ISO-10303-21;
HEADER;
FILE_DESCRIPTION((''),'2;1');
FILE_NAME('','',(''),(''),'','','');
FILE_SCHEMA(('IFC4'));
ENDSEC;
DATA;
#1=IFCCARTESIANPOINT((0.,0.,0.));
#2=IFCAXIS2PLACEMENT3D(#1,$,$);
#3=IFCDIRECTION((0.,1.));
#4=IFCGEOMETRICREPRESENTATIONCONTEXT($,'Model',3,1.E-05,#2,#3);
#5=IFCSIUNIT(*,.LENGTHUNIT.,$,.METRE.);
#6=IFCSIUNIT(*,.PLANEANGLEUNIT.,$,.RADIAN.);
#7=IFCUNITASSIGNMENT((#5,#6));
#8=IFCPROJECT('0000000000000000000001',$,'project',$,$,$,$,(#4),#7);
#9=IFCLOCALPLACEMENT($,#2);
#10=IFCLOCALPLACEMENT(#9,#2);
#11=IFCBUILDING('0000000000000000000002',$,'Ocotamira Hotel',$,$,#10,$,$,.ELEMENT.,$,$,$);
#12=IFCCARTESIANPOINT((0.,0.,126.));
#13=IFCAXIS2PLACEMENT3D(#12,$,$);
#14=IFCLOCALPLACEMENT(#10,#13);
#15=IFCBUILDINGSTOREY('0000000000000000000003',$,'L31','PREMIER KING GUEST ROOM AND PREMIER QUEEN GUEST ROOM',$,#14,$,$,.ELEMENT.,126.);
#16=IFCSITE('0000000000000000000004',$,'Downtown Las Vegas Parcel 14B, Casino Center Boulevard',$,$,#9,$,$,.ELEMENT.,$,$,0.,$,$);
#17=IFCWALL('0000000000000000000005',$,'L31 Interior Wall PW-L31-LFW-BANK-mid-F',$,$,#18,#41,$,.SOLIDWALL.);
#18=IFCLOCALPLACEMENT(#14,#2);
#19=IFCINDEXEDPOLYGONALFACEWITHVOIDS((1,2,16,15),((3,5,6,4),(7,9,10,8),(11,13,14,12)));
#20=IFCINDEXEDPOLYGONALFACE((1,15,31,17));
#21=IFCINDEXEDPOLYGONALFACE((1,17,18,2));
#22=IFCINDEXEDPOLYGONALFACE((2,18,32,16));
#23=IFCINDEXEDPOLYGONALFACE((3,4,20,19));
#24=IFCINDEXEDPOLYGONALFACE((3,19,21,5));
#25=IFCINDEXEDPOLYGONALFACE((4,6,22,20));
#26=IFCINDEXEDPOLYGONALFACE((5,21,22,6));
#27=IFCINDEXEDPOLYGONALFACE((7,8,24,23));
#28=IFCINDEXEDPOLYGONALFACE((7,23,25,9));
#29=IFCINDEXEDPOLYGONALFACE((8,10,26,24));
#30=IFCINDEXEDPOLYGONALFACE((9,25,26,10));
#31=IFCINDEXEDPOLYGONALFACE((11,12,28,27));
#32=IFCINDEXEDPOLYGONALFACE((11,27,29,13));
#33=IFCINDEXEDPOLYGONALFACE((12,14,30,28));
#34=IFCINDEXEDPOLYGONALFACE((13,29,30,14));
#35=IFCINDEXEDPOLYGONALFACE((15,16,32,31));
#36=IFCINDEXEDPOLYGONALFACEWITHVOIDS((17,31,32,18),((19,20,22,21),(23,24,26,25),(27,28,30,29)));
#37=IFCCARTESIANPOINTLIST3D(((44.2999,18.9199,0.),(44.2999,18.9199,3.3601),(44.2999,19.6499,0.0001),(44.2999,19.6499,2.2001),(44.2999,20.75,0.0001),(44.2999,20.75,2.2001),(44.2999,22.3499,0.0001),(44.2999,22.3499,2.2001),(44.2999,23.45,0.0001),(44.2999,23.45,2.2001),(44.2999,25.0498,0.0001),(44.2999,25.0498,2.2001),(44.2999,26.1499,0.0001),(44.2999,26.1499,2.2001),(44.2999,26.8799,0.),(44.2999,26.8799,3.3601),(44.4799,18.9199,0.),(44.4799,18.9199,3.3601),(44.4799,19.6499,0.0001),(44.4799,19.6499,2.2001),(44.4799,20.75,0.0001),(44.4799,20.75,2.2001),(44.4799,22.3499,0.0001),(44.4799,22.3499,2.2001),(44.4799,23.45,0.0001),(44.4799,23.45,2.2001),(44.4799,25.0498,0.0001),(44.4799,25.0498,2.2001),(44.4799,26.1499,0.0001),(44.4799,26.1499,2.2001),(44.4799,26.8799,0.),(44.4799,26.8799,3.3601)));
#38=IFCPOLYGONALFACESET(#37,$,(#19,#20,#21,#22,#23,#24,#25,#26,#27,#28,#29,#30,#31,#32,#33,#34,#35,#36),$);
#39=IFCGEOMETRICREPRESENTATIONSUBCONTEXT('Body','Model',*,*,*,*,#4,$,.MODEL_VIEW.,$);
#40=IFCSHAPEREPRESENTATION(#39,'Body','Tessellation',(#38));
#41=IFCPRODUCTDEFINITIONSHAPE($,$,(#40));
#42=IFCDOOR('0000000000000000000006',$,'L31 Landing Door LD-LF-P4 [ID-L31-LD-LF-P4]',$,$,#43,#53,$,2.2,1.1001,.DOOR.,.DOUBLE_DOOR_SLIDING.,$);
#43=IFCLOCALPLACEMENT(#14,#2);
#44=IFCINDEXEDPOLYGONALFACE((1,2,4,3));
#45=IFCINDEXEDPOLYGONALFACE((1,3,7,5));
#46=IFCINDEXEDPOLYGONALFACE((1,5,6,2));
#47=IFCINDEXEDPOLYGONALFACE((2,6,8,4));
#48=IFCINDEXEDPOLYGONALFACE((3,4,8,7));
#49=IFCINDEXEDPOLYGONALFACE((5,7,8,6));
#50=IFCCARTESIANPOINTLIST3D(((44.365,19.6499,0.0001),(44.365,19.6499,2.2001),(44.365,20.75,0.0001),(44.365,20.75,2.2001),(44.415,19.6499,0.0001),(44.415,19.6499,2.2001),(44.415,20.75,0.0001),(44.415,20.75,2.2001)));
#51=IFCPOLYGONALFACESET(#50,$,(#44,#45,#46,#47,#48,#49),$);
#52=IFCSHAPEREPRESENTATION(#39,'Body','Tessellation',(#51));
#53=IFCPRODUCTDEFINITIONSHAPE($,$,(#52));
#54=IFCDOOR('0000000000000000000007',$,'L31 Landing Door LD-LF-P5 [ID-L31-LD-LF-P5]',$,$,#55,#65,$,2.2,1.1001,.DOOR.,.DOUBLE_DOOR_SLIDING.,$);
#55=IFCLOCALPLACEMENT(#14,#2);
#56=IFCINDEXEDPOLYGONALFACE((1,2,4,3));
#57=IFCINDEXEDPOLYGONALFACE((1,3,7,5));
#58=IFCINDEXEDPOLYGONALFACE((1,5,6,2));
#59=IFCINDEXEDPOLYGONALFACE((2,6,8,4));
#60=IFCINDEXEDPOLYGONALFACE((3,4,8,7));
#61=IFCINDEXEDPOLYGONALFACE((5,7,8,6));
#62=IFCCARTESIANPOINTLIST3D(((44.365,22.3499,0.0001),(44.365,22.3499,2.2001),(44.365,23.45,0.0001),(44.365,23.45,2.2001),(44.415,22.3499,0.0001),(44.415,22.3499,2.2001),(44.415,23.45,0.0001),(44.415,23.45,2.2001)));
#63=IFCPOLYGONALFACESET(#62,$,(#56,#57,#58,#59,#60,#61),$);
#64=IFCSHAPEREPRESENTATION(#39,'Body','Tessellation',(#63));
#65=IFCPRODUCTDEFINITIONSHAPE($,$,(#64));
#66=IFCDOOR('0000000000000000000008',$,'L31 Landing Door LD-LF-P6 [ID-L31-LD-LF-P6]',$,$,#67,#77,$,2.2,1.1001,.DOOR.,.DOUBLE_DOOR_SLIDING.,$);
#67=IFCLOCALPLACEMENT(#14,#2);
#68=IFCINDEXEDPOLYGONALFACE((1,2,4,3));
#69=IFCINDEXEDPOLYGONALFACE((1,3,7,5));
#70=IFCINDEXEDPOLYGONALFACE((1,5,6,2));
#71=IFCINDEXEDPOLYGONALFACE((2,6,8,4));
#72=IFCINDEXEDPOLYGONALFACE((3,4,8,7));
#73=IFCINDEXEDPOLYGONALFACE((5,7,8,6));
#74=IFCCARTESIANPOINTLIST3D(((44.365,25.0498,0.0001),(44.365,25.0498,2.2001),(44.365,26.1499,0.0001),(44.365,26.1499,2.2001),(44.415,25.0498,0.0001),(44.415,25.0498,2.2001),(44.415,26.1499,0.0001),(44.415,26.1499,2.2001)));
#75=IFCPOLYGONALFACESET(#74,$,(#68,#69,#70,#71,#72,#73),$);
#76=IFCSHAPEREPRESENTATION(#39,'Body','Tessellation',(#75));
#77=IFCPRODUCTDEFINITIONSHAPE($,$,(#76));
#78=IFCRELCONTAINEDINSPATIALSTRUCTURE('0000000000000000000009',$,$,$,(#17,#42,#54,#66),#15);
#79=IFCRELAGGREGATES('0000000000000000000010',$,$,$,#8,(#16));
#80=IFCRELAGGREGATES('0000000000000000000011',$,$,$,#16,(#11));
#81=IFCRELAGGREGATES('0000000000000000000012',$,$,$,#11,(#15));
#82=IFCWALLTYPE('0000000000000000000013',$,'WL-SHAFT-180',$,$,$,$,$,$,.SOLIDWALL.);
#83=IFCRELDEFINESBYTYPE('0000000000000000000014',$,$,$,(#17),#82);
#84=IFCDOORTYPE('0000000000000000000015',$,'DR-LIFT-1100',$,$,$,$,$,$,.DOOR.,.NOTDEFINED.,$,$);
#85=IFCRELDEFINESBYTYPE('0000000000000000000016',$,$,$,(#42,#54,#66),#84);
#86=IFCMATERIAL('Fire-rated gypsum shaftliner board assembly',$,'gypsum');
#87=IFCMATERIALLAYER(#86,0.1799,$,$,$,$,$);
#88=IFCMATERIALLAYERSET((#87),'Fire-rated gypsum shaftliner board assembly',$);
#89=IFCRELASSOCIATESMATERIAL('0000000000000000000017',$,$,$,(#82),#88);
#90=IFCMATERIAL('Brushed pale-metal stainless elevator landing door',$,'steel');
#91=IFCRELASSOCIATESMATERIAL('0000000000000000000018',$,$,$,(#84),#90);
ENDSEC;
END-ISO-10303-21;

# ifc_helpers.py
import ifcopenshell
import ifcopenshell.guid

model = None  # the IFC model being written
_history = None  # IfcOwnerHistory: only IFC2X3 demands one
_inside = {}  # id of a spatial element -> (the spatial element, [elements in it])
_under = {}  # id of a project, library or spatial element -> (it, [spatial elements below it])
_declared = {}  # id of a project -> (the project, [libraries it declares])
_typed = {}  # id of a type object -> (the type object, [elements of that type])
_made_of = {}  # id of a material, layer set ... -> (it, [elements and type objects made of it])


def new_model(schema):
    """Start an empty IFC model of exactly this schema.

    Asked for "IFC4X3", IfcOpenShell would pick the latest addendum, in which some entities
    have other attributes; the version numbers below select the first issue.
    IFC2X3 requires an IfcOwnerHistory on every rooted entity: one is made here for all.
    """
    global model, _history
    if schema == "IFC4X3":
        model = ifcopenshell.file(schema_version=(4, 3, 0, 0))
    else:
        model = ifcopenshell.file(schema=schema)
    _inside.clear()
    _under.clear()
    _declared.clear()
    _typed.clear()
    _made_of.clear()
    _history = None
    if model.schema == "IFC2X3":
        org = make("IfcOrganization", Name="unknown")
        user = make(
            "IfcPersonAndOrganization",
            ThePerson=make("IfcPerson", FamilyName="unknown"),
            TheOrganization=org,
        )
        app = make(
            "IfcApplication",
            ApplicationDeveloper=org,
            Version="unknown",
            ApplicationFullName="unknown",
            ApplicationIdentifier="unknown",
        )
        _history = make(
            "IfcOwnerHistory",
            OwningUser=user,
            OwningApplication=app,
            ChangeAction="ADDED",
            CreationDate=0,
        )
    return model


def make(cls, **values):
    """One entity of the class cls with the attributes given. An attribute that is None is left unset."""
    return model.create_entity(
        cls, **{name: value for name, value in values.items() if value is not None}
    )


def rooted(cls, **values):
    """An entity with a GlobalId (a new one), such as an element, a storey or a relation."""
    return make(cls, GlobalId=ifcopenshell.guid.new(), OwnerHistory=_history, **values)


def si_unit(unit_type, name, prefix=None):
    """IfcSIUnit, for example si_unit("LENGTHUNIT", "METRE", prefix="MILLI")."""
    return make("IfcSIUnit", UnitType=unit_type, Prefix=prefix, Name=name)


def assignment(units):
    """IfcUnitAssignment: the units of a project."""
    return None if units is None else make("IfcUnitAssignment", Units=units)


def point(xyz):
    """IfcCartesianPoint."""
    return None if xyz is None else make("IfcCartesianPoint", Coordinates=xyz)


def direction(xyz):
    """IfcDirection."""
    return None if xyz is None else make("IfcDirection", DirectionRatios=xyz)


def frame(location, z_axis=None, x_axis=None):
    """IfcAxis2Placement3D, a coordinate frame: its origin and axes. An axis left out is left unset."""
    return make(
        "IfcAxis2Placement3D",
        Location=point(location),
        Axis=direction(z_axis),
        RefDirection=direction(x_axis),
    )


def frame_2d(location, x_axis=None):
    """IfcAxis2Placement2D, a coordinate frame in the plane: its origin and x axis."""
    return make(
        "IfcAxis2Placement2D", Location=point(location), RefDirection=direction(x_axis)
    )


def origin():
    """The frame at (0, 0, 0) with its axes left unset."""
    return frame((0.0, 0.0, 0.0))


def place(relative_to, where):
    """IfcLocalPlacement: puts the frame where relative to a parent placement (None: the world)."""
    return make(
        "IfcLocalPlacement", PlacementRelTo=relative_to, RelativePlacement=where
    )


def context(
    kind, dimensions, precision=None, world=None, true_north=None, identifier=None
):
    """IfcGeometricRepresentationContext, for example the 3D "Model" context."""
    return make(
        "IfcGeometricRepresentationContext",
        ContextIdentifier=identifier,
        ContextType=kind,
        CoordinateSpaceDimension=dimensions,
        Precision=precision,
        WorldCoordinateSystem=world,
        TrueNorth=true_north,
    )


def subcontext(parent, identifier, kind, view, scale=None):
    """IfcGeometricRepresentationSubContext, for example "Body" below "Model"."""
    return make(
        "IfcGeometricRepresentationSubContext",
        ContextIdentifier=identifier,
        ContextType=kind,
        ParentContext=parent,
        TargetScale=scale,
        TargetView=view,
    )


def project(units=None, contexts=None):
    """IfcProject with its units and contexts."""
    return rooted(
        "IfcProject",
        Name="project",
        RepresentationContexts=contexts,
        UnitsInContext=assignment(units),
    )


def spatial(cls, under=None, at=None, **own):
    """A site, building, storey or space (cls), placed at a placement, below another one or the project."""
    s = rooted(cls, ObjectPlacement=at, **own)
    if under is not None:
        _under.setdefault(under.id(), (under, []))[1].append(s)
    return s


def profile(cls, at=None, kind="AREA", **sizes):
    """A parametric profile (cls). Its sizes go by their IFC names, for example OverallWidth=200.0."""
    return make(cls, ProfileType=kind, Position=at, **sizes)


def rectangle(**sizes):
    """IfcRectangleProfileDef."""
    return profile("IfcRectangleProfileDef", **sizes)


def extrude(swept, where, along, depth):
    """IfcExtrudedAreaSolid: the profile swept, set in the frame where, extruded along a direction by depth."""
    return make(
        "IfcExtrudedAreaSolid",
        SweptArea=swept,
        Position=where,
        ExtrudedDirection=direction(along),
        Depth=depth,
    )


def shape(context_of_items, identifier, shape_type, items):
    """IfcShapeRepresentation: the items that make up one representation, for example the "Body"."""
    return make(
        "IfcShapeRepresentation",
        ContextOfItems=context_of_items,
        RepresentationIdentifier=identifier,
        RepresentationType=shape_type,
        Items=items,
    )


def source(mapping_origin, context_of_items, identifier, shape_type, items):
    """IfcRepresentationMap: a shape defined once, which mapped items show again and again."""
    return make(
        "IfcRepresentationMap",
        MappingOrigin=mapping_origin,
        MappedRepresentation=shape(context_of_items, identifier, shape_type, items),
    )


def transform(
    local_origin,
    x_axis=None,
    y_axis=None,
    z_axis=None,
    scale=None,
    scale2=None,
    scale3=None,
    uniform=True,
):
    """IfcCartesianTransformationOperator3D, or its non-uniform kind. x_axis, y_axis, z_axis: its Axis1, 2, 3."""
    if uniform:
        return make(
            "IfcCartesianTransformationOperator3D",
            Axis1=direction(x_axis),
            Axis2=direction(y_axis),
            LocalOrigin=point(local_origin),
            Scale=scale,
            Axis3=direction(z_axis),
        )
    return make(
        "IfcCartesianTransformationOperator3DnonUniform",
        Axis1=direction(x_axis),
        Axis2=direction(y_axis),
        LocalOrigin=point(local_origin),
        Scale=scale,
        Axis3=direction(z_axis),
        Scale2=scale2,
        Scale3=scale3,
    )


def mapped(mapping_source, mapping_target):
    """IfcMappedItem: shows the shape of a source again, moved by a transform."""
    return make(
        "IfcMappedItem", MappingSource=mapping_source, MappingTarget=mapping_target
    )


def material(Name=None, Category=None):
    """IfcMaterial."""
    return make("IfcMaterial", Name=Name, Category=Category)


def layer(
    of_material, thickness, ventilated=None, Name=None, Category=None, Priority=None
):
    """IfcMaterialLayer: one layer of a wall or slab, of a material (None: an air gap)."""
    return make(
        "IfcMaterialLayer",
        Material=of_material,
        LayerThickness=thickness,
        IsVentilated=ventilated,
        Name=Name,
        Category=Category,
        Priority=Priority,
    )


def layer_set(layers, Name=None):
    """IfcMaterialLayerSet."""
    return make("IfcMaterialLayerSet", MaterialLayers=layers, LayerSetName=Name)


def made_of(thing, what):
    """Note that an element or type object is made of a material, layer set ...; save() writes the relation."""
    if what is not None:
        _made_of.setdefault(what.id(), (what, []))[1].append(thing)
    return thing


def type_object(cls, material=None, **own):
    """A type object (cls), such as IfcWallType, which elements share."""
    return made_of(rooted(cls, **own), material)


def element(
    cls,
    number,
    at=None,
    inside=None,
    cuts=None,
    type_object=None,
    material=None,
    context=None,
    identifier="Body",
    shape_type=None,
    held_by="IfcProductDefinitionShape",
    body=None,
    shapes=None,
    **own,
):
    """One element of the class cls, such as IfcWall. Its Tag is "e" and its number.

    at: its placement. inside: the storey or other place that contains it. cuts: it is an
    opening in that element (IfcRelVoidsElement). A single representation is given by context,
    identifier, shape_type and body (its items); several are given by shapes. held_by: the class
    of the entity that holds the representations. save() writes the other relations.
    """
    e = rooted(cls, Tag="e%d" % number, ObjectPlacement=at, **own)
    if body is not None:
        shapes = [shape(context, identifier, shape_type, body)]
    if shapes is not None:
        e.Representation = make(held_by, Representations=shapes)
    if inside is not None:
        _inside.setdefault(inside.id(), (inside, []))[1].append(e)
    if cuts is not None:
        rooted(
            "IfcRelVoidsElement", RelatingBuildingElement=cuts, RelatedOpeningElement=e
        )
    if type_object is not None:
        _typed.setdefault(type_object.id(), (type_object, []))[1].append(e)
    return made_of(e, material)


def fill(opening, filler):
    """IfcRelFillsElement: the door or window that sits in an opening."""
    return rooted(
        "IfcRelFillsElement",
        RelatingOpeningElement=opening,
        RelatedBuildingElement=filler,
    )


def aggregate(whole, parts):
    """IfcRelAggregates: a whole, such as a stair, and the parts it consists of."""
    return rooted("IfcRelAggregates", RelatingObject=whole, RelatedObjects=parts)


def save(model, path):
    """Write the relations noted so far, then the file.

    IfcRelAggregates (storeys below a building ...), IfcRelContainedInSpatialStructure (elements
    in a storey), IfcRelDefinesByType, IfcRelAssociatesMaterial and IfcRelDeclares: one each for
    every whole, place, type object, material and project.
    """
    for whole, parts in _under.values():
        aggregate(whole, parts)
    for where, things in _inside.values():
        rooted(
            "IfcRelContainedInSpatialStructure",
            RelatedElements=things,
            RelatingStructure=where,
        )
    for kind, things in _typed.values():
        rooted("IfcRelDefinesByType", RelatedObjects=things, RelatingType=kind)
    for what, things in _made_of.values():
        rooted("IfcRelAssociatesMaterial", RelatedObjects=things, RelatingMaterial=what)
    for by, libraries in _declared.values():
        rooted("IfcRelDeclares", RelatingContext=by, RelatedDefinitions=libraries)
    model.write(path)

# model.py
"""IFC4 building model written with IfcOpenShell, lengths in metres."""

from ifc_helpers import new_model, si_unit, direction, frame, frame_2d, origin, place, context, subcontext, project, spatial, rectangle, extrude, source, transform, mapped, material, layer, layer_set, type_object, element, fill, save


model = new_model("IFC4")

# Units and contexts
model_context = context("Model", 3, precision=1e-05, world=origin(), true_north=direction((0.0, 1.0)))
body_context = subcontext(model_context, "Body", "Model", "MODEL_VIEW")
ifc_project = project(units=[si_unit("LENGTHUNIT", "METRE"), si_unit("PLANEANGLEUNIT", "RADIAN")], contexts=[model_context])

# Site, building, storey
site_placement = place(None, origin())
site = spatial("IfcSite", under=ifc_project, at=site_placement, Name="Downtown Las Vegas Parcel 14B, Casino Center Boulevard", CompositionType="ELEMENT", RefElevation=0.0)
building_placement = place(site_placement, origin())
building = spatial("IfcBuilding", under=site, at=building_placement, Name="Ocotamira Hotel", CompositionType="ELEMENT")
storey_placement = place(building_placement, frame((0.0, 0.0, 126.0)))
storey = spatial("IfcBuildingStorey", under=building, at=storey_placement, Name="L31", Description="PREMIER KING GUEST ROOM AND PREMIER QUEEN GUEST ROOM", CompositionType="ELEMENT", Elevation=126.0)

# Wall, openings, doors
ifc_material_1 = material(Name="Fire-rated gypsum shaftliner board assembly", Category="gypsum")
ifc_layer_1 = layer(ifc_material_1, 0.1799)
ifc_layer_set_1 = layer_set([ifc_layer_1], Name="Fire-rated gypsum shaftliner board assembly")
wall_type_1 = type_object("IfcWallType", Name="WL-SHAFT-180", PredefinedType="SOLIDWALL", material=ifc_layer_set_1)
wall_1_placement = place(storey_placement, frame((44.3899, 18.9199, 0.0), z_axis=(0.0, 0.0, 1.0), x_axis=(0.0, 1.0, 0.0)))
wall_1 = element("IfcWall", 1, at=wall_1_placement, inside=storey, type_object=wall_type_1, Name="L31 Interior Wall PW-L31-LFW-BANK-mid-F", PredefinedType="SOLIDWALL", context=body_context, shape_type="SweptSolid", body=[
    extrude(rectangle(XDim=7.96, YDim=0.1799, at=frame_2d((3.98, 0.0))), origin(), (0.0, 0.0, 1.0), 3.3601),
])
opening_1_placement = place(wall_1_placement, frame((0.73, 0.0, 0.0)))
opening_1 = element("IfcOpeningElement", 2, at=opening_1_placement, cuts=wall_1, PredefinedType="OPENING", context=body_context, shape_type="SweptSolid", body=[
    extrude(rectangle(XDim=1.1001, YDim=2.2, at=frame_2d((0.55, 1.1001))), frame((0.0, 0.1001, 0.0), z_axis=(0.0, -1.0, 0.0), x_axis=(1.0, 0.0, 0.0)), (0.0, 0.0, 1.0), 0.2),
])
opening_2_placement = place(wall_1_placement, frame((3.4299, 0.0, 0.0)))
opening_2 = element("IfcOpeningElement", 3, at=opening_2_placement, cuts=wall_1, PredefinedType="OPENING", context=body_context, shape_type="SweptSolid", body=[
    extrude(rectangle(XDim=1.1001, YDim=2.2, at=frame_2d((0.55, 1.1001))), frame((0.0, 0.1001, 0.0), z_axis=(0.0, -1.0, 0.0), x_axis=(1.0, 0.0, 0.0)), (0.0, 0.0, 1.0), 0.2),
])
opening_3_placement = place(wall_1_placement, frame((6.1299, 0.0, 0.0)))
opening_3 = element("IfcOpeningElement", 4, at=opening_3_placement, cuts=wall_1, PredefinedType="OPENING", context=body_context, shape_type="SweptSolid", body=[
    extrude(rectangle(XDim=1.1001, YDim=2.2, at=frame_2d((0.55, 1.1001))), frame((0.0, 0.1001, 0.0), z_axis=(0.0, -1.0, 0.0), x_axis=(1.0, 0.0, 0.0)), (0.0, 0.0, 1.0), 0.2),
])
ifc_material_2 = material(Name="Brushed pale-metal stainless elevator landing door", Category="steel")
door_type_1 = type_object("IfcDoorType", Name="DR-LIFT-1100", OperationType="NOTDEFINED", PredefinedType="DOOR", material=ifc_material_2)
shared_shape_1 = source(origin(), body_context, "Body", "SweptSolid", [
    extrude(rectangle(XDim=1.1001, YDim=2.2, at=frame_2d((0.55, 1.1001))), frame((0.0, 0.0249, 0.0), z_axis=(0.0, -1.0, 0.0), x_axis=(1.0, 0.0, 0.0)), (0.0, 0.0, 1.0), 0.05),
])
door_1_placement = place(opening_1_placement, origin())
door_1 = element("IfcDoor", 5, at=door_1_placement, inside=storey, type_object=door_type_1, Name="L31 Landing Door LD-LF-P4 [ID-L31-LD-LF-P4]", OperationType="DOUBLE_DOOR_SLIDING", OverallHeight=2.2, OverallWidth=1.1001, PredefinedType="DOOR", context=body_context, shape_type="MappedRepresentation", body=[
    mapped(shared_shape_1, transform((0.0, 0.0, 0.0), scale=1.0)),
])
fill(opening_1, door_1)
door_2_placement = place(opening_2_placement, origin())
door_2 = element("IfcDoor", 6, at=door_2_placement, inside=storey, type_object=door_type_1, Name="L31 Landing Door LD-LF-P5 [ID-L31-LD-LF-P5]", OperationType="DOUBLE_DOOR_SLIDING", OverallHeight=2.2, OverallWidth=1.1001, PredefinedType="DOOR", context=body_context, shape_type="MappedRepresentation", body=[
    mapped(shared_shape_1, transform((0.0, 0.0, 0.0), scale=1.0)),
])
fill(opening_2, door_2)
door_3_placement = place(opening_3_placement, origin())
door_3 = element("IfcDoor", 7, at=door_3_placement, inside=storey, type_object=door_type_1, Name="L31 Landing Door LD-LF-P6 [ID-L31-LD-LF-P6]", OperationType="DOUBLE_DOOR_SLIDING", OverallHeight=2.2, OverallWidth=1.1001, PredefinedType="DOOR", context=body_context, shape_type="MappedRepresentation", body=[
    mapped(shared_shape_1, transform((0.0, 0.0, 0.0), scale=1.0)),
])
fill(opening_3, door_3)

save(model, "model.ifc")
